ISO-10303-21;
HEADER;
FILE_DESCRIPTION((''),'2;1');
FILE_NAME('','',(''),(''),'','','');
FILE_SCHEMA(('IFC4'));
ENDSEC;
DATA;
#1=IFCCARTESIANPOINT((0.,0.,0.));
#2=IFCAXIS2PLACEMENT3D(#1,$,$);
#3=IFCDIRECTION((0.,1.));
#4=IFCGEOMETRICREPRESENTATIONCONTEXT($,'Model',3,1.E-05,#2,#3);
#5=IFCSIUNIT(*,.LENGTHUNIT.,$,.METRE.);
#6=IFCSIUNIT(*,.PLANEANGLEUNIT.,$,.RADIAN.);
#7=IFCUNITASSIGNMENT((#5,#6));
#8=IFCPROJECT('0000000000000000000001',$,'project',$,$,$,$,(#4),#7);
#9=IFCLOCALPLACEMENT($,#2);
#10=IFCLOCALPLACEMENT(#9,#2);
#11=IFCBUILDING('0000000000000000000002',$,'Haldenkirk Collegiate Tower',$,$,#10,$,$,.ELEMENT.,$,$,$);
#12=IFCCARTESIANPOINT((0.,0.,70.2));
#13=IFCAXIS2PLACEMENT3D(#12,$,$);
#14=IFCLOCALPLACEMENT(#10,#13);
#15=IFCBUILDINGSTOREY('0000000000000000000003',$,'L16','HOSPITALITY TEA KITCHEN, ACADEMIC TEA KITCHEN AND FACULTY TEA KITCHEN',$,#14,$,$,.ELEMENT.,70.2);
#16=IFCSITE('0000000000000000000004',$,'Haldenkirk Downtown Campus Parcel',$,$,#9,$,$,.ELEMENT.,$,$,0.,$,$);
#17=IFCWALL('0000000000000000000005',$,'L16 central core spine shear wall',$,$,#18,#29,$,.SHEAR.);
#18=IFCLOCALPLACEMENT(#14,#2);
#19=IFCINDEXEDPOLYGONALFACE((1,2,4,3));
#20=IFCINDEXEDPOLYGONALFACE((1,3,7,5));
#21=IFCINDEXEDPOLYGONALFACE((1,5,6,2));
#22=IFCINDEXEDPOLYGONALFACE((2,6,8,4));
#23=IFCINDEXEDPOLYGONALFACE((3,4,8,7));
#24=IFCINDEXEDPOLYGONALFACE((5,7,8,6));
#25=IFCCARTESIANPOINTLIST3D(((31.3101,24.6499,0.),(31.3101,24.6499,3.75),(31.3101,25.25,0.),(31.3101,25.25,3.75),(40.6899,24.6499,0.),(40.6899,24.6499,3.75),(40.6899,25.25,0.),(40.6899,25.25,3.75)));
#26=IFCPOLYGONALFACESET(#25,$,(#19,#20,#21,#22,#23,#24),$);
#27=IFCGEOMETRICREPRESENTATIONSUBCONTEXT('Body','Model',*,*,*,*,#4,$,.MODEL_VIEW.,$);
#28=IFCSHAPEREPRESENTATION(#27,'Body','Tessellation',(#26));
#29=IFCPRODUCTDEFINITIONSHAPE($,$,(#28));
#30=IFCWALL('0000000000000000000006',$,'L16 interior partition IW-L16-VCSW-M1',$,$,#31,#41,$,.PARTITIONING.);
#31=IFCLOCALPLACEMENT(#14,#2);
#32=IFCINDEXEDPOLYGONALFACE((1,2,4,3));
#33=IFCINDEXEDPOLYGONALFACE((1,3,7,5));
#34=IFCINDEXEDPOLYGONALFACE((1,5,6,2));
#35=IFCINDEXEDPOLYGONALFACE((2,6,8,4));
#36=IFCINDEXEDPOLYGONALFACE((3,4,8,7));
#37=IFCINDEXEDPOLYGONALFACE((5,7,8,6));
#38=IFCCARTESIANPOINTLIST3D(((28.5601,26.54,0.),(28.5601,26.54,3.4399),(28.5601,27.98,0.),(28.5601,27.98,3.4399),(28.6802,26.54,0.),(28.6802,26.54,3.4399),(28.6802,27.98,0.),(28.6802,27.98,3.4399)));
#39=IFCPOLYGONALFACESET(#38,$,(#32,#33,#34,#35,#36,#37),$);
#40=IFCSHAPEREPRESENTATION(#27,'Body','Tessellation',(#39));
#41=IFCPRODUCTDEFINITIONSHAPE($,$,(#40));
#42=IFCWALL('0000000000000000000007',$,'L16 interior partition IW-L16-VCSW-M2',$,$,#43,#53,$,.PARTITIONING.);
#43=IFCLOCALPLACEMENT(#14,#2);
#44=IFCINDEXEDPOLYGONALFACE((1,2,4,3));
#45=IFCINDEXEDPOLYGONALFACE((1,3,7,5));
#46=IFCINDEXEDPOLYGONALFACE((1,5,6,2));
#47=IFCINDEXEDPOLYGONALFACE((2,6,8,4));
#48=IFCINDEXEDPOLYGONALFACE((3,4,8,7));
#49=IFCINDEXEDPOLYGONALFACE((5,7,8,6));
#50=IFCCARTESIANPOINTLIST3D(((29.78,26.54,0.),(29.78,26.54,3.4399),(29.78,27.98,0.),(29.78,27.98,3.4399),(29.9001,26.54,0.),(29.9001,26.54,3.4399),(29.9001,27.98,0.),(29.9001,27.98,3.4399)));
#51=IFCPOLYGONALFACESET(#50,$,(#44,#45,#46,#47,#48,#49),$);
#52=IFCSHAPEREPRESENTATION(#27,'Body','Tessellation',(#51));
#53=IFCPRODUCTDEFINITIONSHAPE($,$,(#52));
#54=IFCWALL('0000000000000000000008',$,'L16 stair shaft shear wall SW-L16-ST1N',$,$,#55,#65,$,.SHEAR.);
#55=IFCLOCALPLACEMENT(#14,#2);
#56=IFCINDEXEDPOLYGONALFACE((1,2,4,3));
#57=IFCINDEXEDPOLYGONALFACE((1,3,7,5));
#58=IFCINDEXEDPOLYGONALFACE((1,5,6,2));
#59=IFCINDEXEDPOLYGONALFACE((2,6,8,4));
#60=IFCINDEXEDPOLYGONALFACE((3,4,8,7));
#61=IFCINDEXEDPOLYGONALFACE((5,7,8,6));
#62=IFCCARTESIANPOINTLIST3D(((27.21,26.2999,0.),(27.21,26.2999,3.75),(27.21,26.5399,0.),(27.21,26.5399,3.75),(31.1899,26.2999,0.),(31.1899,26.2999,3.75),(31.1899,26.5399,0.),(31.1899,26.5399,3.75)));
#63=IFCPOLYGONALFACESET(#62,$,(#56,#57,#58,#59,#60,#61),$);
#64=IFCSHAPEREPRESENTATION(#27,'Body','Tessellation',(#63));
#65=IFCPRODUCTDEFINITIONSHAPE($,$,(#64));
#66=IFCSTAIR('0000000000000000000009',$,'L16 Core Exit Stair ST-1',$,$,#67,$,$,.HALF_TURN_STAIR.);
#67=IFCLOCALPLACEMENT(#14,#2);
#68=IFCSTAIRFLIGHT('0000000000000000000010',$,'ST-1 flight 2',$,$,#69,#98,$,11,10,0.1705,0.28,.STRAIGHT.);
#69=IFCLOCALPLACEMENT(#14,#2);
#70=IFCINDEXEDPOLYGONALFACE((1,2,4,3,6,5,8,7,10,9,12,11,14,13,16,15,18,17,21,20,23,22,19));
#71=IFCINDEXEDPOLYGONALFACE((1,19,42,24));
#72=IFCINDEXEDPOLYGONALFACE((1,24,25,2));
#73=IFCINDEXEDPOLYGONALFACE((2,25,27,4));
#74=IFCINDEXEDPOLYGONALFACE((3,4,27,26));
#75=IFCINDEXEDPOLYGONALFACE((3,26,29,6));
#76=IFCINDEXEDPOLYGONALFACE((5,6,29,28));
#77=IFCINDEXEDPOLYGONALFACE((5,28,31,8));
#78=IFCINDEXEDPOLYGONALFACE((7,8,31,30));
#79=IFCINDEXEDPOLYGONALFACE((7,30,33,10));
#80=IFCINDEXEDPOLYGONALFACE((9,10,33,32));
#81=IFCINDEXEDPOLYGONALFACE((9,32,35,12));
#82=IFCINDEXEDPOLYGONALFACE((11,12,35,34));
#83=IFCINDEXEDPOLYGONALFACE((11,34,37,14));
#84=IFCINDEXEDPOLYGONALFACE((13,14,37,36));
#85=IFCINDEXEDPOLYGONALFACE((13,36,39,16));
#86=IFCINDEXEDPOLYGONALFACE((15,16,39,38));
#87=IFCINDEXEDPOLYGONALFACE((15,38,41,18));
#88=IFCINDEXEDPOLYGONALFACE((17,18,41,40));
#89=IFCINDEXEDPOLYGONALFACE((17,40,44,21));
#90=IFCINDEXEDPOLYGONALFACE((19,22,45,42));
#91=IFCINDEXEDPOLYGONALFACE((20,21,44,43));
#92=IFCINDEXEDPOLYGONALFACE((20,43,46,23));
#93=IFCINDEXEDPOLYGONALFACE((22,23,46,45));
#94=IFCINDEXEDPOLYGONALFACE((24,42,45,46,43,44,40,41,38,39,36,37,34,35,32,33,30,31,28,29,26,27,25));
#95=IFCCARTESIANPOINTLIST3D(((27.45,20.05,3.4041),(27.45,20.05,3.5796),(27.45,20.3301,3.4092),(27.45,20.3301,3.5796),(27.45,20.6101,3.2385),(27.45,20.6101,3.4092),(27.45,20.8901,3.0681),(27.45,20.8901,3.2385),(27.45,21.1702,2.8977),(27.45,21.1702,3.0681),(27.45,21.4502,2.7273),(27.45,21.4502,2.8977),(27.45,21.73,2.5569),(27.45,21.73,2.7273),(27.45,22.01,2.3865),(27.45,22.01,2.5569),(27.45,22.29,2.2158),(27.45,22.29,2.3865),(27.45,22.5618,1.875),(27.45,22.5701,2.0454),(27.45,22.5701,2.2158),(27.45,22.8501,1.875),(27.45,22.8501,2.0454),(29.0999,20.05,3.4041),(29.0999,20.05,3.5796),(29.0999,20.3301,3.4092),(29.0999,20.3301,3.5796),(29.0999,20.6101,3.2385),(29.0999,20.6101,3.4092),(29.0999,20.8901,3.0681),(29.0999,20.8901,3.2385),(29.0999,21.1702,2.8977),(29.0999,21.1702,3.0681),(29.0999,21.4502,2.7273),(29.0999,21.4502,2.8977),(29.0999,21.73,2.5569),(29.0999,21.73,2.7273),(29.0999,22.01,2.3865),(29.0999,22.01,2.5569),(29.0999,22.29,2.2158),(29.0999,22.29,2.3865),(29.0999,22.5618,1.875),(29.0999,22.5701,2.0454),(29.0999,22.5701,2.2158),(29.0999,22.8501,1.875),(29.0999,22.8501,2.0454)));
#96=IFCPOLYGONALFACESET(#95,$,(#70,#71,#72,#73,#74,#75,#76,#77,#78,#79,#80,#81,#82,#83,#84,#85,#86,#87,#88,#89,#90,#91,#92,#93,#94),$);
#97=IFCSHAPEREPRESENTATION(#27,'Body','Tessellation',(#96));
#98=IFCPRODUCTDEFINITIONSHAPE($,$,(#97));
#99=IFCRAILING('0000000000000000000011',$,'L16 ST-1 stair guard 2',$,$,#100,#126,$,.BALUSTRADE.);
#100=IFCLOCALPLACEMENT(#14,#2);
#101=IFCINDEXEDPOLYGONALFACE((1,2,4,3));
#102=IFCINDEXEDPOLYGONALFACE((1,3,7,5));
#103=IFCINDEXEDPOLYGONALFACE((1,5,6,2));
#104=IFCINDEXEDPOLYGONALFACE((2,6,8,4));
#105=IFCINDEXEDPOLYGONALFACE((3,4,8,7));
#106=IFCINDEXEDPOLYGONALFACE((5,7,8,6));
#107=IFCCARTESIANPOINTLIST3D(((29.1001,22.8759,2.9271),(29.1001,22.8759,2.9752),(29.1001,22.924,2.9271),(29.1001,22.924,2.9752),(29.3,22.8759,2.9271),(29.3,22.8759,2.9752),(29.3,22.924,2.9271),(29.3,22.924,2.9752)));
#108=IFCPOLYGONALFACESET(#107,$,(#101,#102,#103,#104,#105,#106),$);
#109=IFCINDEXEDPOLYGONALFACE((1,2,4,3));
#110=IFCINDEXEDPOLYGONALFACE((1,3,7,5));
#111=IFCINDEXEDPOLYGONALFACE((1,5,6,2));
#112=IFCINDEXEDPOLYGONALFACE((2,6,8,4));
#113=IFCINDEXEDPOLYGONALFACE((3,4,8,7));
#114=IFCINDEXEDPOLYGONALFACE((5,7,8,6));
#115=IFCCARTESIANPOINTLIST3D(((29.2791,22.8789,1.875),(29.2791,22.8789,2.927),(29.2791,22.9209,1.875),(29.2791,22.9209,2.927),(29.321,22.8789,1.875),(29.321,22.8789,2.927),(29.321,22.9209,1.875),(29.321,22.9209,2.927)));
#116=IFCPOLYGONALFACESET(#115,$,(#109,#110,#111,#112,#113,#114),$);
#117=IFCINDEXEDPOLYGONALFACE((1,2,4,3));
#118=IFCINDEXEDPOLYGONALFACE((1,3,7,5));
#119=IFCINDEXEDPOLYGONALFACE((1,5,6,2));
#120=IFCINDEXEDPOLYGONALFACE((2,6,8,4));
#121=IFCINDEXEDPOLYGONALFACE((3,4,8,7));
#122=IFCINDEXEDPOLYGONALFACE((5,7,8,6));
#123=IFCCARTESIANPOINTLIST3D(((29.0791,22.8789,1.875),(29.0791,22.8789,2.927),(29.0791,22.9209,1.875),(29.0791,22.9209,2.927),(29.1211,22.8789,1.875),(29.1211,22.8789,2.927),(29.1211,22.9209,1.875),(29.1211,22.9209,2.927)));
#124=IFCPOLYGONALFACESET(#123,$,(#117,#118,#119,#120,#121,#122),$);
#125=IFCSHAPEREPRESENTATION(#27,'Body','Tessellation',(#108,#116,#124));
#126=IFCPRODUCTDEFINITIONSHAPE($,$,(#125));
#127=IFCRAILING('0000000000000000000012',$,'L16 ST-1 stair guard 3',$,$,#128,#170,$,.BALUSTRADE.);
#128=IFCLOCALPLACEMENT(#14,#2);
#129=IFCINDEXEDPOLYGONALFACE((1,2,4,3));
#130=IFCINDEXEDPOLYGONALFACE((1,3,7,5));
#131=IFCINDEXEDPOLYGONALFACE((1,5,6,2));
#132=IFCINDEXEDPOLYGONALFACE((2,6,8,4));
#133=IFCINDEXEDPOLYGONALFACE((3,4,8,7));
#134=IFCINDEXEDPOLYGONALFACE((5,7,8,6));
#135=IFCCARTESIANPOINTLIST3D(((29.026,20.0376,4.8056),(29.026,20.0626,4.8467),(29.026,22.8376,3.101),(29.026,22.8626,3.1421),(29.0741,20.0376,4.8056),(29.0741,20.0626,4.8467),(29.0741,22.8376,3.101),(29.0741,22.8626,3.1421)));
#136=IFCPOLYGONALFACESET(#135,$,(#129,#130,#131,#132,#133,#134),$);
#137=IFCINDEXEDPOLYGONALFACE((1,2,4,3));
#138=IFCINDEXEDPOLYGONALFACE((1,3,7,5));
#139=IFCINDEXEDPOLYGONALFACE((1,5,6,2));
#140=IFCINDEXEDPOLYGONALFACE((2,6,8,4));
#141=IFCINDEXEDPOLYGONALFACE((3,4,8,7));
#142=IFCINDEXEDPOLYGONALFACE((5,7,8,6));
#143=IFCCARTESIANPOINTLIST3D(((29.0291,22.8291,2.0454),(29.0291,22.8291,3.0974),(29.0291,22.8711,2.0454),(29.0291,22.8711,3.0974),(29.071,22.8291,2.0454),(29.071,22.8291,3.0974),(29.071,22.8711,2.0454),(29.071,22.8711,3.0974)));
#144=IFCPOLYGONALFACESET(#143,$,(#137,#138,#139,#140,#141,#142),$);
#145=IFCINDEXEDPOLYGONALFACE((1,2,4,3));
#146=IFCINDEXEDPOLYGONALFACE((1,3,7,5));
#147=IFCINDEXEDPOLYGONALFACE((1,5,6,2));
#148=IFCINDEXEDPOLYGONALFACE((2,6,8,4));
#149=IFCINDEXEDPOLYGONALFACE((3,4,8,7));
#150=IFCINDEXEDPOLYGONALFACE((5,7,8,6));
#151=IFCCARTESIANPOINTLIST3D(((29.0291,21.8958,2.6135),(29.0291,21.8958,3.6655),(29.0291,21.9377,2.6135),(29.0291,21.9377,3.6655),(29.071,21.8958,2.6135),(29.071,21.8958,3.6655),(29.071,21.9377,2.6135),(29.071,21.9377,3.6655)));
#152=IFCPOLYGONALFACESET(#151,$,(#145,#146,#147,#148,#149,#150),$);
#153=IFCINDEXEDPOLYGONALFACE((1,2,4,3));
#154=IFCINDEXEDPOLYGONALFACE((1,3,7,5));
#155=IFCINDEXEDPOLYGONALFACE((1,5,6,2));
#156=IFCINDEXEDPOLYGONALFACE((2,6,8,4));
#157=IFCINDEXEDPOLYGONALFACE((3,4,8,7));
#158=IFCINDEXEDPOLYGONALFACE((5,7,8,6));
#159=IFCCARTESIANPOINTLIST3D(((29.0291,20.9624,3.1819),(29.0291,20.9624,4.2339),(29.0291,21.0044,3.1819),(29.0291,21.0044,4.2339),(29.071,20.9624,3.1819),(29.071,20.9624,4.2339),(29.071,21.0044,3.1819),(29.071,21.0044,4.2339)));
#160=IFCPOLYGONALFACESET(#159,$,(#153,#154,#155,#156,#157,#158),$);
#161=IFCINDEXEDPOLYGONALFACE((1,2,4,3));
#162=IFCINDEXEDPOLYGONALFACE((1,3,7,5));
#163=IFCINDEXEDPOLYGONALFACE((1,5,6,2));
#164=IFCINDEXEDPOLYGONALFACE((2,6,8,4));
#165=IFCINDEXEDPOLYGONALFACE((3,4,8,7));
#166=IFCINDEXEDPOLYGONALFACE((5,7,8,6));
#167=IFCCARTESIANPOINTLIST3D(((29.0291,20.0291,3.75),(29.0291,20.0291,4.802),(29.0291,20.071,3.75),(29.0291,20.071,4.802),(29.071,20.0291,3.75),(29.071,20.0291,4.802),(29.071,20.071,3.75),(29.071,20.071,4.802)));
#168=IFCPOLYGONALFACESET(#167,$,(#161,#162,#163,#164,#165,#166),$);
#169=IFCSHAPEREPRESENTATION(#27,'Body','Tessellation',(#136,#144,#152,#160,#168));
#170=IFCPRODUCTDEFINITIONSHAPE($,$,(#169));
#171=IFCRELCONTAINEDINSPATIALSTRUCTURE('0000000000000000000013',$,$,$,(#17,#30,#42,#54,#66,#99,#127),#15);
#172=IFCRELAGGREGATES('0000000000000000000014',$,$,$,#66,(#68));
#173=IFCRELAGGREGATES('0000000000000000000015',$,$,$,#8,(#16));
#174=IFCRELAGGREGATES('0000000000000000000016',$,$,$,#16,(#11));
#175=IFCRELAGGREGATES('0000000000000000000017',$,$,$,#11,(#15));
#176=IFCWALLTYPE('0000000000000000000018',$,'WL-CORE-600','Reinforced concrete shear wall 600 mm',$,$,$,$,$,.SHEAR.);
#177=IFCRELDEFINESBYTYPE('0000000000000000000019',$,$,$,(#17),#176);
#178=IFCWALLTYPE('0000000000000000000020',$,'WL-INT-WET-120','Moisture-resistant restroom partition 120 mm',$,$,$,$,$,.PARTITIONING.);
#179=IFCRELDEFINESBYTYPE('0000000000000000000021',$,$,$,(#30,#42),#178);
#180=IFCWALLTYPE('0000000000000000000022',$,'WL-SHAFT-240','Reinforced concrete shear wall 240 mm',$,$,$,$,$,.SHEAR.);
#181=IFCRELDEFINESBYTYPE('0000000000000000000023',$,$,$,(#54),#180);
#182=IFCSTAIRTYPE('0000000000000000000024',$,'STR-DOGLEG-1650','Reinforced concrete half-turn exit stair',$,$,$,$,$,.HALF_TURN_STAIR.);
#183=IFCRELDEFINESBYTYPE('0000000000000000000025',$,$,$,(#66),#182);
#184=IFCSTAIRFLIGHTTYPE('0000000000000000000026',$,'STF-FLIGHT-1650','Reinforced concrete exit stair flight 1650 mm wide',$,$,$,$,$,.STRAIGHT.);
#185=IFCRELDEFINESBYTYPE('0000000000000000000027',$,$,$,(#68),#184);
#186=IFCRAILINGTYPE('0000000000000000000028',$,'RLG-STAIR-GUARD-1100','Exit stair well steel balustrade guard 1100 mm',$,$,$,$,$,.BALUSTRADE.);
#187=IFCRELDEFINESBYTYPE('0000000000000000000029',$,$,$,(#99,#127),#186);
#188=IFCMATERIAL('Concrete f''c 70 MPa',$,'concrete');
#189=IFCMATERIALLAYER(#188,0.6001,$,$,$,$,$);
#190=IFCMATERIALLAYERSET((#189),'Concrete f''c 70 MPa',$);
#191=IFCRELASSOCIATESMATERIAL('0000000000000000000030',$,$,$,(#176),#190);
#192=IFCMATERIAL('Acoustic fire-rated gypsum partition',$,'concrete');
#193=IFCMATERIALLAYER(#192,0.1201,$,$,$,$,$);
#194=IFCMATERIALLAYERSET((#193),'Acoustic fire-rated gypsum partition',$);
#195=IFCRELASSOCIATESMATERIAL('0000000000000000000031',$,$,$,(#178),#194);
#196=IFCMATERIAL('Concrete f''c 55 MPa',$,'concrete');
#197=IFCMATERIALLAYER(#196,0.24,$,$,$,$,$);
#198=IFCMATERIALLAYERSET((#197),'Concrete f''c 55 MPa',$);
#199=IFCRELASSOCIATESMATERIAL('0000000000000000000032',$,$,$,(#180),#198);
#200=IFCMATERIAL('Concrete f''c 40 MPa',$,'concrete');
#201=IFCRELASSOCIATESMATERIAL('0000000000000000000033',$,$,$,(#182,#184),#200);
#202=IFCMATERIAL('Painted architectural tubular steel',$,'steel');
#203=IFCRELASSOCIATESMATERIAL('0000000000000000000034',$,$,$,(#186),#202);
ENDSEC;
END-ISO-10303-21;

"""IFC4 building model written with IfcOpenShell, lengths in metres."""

from ifc_helpers import new_model, si_unit, direction, frame, frame_2d, origin, origin_2d, place, context, subcontext, project, spatial, polyline, rectangle, outline, extrude, material, layer, layer_set, type_object, element, aggregate, save


model = new_model("IFC4")

# Units and contexts
model_context = context("Model", 3, precision=1e-05, world=origin(), true_north=direction((0.0, 1.0)))
body_context = subcontext(model_context, "Body", "Model", "MODEL_VIEW")
ifc_project = project(units=[si_unit("LENGTHUNIT", "METRE"), si_unit("PLANEANGLEUNIT", "RADIAN")], contexts=[model_context])

# Site, building, storey
site_placement = place(None, origin())
site = spatial("IfcSite", under=ifc_project, at=site_placement, Name="Haldenkirk Downtown Campus Parcel", CompositionType="ELEMENT", RefElevation=0.0)
building_placement = place(site_placement, origin())
building = spatial("IfcBuilding", under=site, at=building_placement, Name="Haldenkirk Collegiate Tower", CompositionType="ELEMENT")
storey_placement = place(building_placement, frame((0.0, 0.0, 70.2)))
storey = spatial("IfcBuildingStorey", under=building, at=storey_placement, Name="L16", Description="HOSPITALITY TEA KITCHEN, ACADEMIC TEA KITCHEN AND FACULTY TEA KITCHEN", CompositionType="ELEMENT", Elevation=70.2)

# Wall
ifc_material_1 = material(Name="Concrete f'c 70 MPa", Category="concrete")
ifc_layer_1 = layer(ifc_material_1, 0.6001)
ifc_layer_set_1 = layer_set([ifc_layer_1], Name="Concrete f'c 70 MPa")
wall_type_1 = type_object("IfcWallType", Name="WL-CORE-600", Description="Reinforced concrete shear wall 600 mm", PredefinedType="SHEAR", material=ifc_layer_set_1)
wall_1_placement = place(storey_placement, frame((31.3101, 24.95, 0.0), z_axis=(0.0, 0.0, 1.0), x_axis=(1.0, 0.0, 0.0)))
element("IfcWall", 1, at=wall_1_placement, inside=storey, type_object=wall_type_1, Name="L16 central core spine shear wall", PredefinedType="SHEAR", context=body_context, shape_type="SweptSolid", body=[
    extrude(rectangle(XDim=9.3799, YDim=0.6001, at=frame_2d((4.6899, 0.0))), origin(), (0.0, 0.0, 1.0), 3.75),
])

# Walls
ifc_material_2 = material(Name="Acoustic fire-rated gypsum partition", Category="concrete")
ifc_layer_2 = layer(ifc_material_2, 0.1201)
ifc_layer_set_2 = layer_set([ifc_layer_2], Name="Acoustic fire-rated gypsum partition")
wall_type_2 = type_object("IfcWallType", Name="WL-INT-WET-120", Description="Moisture-resistant restroom partition 120 mm", PredefinedType="PARTITIONING", material=ifc_layer_set_2)
for number, where, z_axis, x_axis, name in (
    (2, (28.6201, 26.54, 0.0), (0.0, 0.0, 1.0), (0.0, 1.0, 0.0), "L16 interior partition IW-L16-VCSW-M1"),
    (3, (29.8401, 26.54, 0.0), (0.0, 0.0, 1.0), (0.0, 1.0, 0.0), "L16 interior partition IW-L16-VCSW-M2"),
):
    element("IfcWall", number, at=place(storey_placement, frame(where, z_axis=z_axis, x_axis=x_axis)), inside=storey, type_object=wall_type_2, Name=name, PredefinedType="PARTITIONING", context=body_context, shape_type="SweptSolid", body=[
        extrude(rectangle(XDim=1.4399, YDim=0.1201, at=frame_2d((0.72, 0.0))), origin(), (0.0, 0.0, 1.0), 3.4399),
    ])
ifc_material_3 = material(Name="Concrete f'c 55 MPa", Category="concrete")
ifc_layer_3 = layer(ifc_material_3, 0.24)
ifc_layer_set_3 = layer_set([ifc_layer_3], Name="Concrete f'c 55 MPa")
wall_type_3 = type_object("IfcWallType", Name="WL-SHAFT-240", Description="Reinforced concrete shear wall 240 mm", PredefinedType="SHEAR", material=ifc_layer_set_3)
wall_2_placement = place(storey_placement, frame((27.21, 26.4199, 0.0), z_axis=(0.0, 0.0, 1.0), x_axis=(1.0, 0.0, 0.0)))
element("IfcWall", 4, at=wall_2_placement, inside=storey, type_object=wall_type_3, Name="L16 stair shaft shear wall SW-L16-ST1N", PredefinedType="SHEAR", context=body_context, shape_type="SweptSolid", body=[
    extrude(rectangle(XDim=3.98, YDim=0.24, at=frame_2d((1.99, 0.0))), origin(), (0.0, 0.0, 1.0), 3.75),
])

# Stair, stair flight
ifc_material_4 = material(Name="Concrete f'c 40 MPa", Category="concrete")
stair_type = type_object("IfcStairType", Name="STR-DOGLEG-1650", Description="Reinforced concrete half-turn exit stair", PredefinedType="HALF_TURN_STAIR", material=ifc_material_4)
stair_placement = place(storey_placement, origin())
stair = element("IfcStair", 5, at=stair_placement, inside=storey, type_object=stair_type, Name="L16 Core Exit Stair ST-1", PredefinedType="HALF_TURN_STAIR")
stair_flight_type = type_object("IfcStairFlightType", Name="STF-FLIGHT-1650", Description="Reinforced concrete exit stair flight 1650 mm wide", PredefinedType="STRAIGHT", material=ifc_material_4)
stair_flight_placement = place(storey_placement, frame((28.2749, 22.8501, 1.875), z_axis=(0.0, 0.0, 1.0), x_axis=(0.0, -1.0, 0.0)))
stair_flight = element("IfcStairFlight", 6, at=stair_flight_placement, type_object=stair_flight_type, Name="ST-1 flight 2", NumberOfRisers=11, NumberOfTreads=10, PredefinedType="STRAIGHT", RiserHeight=0.1705, TreadLength=0.28, context=body_context, shape_type="SweptSolid", body=[
    extrude(outline(polyline([(0.0, 0.0), (0.0, 0.1704), (0.28, 0.1704), (0.28, 0.3408), (0.5601, 0.3408), (0.5601, 0.5115), (0.8401, 0.5115), (0.8401, 0.6819), (1.1201, 0.6819), (1.1201, 0.8523), (1.3999, 0.8523), (1.3999, 1.0227), (1.6799, 1.0227), (1.6799, 1.1931), (1.96, 1.1931), (1.96, 1.3635), (2.24, 1.3635), (2.24, 1.5342), (2.52, 1.5342), (2.52, 1.7046), (2.8, 1.7046), (2.8, 1.875), (2.8, 1.5291), (0.2883, 0.0), (0.0, 0.0)])), frame((0.0, 0.825, 0.0), z_axis=(0.0, -1.0, 0.0), x_axis=(1.0, 0.0, 0.0)), (0.0, 0.0, 1.0), 1.6499),
])
aggregate(stair, [stair_flight])

# Railings
ifc_material_5 = material(Name="Painted architectural tubular steel", Category="steel")
railing_type_1 = type_object("IfcRailingType", Name="RLG-STAIR-GUARD-1100", Description="Exit stair well steel balustrade guard 1100 mm", PredefinedType="BALUSTRADE", material=ifc_material_5)
railing_1_placement = place(storey_placement, frame((29.3, 22.8999, 1.875)))
element("IfcRailing", 7, at=railing_1_placement, inside=storey, type_object=railing_type_1, Name="L16 ST-1 stair guard 2", PredefinedType="BALUSTRADE", context=body_context, shape_type="SweptSolid", body=[
    extrude(rectangle(XDim=0.0481, YDim=0.0481, at=origin_2d()), frame((0.0, 0.0, 1.0762), z_axis=(-1.0, 0.0, 0.0), x_axis=(0.0, -1.0, 0.0)), (0.0, 0.0, 1.0), 0.2),
    extrude(rectangle(XDim=0.042, YDim=0.042, at=origin_2d()), origin(), (0.0, 0.0, 1.0), 1.052),
    extrude(rectangle(XDim=0.042, YDim=0.042, at=origin_2d()), frame((-0.2, 0.0, 0.0)), (0.0, 0.0, 1.0), 1.052),
])
railing_2_placement = place(storey_placement, frame((29.05, 22.8501, 2.0454)))
element("IfcRailing", 8, at=railing_2_placement, inside=storey, type_object=railing_type_1, Name="L16 ST-1 stair guard 3", PredefinedType="BALUSTRADE", context=body_context, shape_type="SweptSolid", body=[
    extrude(rectangle(XDim=0.0481, YDim=0.0481, at=origin_2d()), frame((0.0, 0.0, 1.0762), z_axis=(0.0, -0.85417, 0.519994), x_axis=(1.0, 0.0, 0.0)), (0.0, 0.0, 1.0), 3.2781),
    extrude(rectangle(XDim=0.042, YDim=0.042, at=origin_2d()), origin(), (0.0, 0.0, 1.0), 1.052),
    extrude(rectangle(XDim=0.042, YDim=0.042, at=origin_2d()), frame((0.0, -0.9333, 0.5681)), (0.0, 0.0, 1.0), 1.052),
    extrude(rectangle(XDim=0.042, YDim=0.042, at=origin_2d()), frame((0.0, -1.8667, 1.1365)), (0.0, 0.0, 1.0), 1.052),
    extrude(rectangle(XDim=0.042, YDim=0.042, at=origin_2d()), frame((0.0, -2.8, 1.7046)), (0.0, 0.0, 1.0), 1.052),
])

save(model, "model.ifc")
